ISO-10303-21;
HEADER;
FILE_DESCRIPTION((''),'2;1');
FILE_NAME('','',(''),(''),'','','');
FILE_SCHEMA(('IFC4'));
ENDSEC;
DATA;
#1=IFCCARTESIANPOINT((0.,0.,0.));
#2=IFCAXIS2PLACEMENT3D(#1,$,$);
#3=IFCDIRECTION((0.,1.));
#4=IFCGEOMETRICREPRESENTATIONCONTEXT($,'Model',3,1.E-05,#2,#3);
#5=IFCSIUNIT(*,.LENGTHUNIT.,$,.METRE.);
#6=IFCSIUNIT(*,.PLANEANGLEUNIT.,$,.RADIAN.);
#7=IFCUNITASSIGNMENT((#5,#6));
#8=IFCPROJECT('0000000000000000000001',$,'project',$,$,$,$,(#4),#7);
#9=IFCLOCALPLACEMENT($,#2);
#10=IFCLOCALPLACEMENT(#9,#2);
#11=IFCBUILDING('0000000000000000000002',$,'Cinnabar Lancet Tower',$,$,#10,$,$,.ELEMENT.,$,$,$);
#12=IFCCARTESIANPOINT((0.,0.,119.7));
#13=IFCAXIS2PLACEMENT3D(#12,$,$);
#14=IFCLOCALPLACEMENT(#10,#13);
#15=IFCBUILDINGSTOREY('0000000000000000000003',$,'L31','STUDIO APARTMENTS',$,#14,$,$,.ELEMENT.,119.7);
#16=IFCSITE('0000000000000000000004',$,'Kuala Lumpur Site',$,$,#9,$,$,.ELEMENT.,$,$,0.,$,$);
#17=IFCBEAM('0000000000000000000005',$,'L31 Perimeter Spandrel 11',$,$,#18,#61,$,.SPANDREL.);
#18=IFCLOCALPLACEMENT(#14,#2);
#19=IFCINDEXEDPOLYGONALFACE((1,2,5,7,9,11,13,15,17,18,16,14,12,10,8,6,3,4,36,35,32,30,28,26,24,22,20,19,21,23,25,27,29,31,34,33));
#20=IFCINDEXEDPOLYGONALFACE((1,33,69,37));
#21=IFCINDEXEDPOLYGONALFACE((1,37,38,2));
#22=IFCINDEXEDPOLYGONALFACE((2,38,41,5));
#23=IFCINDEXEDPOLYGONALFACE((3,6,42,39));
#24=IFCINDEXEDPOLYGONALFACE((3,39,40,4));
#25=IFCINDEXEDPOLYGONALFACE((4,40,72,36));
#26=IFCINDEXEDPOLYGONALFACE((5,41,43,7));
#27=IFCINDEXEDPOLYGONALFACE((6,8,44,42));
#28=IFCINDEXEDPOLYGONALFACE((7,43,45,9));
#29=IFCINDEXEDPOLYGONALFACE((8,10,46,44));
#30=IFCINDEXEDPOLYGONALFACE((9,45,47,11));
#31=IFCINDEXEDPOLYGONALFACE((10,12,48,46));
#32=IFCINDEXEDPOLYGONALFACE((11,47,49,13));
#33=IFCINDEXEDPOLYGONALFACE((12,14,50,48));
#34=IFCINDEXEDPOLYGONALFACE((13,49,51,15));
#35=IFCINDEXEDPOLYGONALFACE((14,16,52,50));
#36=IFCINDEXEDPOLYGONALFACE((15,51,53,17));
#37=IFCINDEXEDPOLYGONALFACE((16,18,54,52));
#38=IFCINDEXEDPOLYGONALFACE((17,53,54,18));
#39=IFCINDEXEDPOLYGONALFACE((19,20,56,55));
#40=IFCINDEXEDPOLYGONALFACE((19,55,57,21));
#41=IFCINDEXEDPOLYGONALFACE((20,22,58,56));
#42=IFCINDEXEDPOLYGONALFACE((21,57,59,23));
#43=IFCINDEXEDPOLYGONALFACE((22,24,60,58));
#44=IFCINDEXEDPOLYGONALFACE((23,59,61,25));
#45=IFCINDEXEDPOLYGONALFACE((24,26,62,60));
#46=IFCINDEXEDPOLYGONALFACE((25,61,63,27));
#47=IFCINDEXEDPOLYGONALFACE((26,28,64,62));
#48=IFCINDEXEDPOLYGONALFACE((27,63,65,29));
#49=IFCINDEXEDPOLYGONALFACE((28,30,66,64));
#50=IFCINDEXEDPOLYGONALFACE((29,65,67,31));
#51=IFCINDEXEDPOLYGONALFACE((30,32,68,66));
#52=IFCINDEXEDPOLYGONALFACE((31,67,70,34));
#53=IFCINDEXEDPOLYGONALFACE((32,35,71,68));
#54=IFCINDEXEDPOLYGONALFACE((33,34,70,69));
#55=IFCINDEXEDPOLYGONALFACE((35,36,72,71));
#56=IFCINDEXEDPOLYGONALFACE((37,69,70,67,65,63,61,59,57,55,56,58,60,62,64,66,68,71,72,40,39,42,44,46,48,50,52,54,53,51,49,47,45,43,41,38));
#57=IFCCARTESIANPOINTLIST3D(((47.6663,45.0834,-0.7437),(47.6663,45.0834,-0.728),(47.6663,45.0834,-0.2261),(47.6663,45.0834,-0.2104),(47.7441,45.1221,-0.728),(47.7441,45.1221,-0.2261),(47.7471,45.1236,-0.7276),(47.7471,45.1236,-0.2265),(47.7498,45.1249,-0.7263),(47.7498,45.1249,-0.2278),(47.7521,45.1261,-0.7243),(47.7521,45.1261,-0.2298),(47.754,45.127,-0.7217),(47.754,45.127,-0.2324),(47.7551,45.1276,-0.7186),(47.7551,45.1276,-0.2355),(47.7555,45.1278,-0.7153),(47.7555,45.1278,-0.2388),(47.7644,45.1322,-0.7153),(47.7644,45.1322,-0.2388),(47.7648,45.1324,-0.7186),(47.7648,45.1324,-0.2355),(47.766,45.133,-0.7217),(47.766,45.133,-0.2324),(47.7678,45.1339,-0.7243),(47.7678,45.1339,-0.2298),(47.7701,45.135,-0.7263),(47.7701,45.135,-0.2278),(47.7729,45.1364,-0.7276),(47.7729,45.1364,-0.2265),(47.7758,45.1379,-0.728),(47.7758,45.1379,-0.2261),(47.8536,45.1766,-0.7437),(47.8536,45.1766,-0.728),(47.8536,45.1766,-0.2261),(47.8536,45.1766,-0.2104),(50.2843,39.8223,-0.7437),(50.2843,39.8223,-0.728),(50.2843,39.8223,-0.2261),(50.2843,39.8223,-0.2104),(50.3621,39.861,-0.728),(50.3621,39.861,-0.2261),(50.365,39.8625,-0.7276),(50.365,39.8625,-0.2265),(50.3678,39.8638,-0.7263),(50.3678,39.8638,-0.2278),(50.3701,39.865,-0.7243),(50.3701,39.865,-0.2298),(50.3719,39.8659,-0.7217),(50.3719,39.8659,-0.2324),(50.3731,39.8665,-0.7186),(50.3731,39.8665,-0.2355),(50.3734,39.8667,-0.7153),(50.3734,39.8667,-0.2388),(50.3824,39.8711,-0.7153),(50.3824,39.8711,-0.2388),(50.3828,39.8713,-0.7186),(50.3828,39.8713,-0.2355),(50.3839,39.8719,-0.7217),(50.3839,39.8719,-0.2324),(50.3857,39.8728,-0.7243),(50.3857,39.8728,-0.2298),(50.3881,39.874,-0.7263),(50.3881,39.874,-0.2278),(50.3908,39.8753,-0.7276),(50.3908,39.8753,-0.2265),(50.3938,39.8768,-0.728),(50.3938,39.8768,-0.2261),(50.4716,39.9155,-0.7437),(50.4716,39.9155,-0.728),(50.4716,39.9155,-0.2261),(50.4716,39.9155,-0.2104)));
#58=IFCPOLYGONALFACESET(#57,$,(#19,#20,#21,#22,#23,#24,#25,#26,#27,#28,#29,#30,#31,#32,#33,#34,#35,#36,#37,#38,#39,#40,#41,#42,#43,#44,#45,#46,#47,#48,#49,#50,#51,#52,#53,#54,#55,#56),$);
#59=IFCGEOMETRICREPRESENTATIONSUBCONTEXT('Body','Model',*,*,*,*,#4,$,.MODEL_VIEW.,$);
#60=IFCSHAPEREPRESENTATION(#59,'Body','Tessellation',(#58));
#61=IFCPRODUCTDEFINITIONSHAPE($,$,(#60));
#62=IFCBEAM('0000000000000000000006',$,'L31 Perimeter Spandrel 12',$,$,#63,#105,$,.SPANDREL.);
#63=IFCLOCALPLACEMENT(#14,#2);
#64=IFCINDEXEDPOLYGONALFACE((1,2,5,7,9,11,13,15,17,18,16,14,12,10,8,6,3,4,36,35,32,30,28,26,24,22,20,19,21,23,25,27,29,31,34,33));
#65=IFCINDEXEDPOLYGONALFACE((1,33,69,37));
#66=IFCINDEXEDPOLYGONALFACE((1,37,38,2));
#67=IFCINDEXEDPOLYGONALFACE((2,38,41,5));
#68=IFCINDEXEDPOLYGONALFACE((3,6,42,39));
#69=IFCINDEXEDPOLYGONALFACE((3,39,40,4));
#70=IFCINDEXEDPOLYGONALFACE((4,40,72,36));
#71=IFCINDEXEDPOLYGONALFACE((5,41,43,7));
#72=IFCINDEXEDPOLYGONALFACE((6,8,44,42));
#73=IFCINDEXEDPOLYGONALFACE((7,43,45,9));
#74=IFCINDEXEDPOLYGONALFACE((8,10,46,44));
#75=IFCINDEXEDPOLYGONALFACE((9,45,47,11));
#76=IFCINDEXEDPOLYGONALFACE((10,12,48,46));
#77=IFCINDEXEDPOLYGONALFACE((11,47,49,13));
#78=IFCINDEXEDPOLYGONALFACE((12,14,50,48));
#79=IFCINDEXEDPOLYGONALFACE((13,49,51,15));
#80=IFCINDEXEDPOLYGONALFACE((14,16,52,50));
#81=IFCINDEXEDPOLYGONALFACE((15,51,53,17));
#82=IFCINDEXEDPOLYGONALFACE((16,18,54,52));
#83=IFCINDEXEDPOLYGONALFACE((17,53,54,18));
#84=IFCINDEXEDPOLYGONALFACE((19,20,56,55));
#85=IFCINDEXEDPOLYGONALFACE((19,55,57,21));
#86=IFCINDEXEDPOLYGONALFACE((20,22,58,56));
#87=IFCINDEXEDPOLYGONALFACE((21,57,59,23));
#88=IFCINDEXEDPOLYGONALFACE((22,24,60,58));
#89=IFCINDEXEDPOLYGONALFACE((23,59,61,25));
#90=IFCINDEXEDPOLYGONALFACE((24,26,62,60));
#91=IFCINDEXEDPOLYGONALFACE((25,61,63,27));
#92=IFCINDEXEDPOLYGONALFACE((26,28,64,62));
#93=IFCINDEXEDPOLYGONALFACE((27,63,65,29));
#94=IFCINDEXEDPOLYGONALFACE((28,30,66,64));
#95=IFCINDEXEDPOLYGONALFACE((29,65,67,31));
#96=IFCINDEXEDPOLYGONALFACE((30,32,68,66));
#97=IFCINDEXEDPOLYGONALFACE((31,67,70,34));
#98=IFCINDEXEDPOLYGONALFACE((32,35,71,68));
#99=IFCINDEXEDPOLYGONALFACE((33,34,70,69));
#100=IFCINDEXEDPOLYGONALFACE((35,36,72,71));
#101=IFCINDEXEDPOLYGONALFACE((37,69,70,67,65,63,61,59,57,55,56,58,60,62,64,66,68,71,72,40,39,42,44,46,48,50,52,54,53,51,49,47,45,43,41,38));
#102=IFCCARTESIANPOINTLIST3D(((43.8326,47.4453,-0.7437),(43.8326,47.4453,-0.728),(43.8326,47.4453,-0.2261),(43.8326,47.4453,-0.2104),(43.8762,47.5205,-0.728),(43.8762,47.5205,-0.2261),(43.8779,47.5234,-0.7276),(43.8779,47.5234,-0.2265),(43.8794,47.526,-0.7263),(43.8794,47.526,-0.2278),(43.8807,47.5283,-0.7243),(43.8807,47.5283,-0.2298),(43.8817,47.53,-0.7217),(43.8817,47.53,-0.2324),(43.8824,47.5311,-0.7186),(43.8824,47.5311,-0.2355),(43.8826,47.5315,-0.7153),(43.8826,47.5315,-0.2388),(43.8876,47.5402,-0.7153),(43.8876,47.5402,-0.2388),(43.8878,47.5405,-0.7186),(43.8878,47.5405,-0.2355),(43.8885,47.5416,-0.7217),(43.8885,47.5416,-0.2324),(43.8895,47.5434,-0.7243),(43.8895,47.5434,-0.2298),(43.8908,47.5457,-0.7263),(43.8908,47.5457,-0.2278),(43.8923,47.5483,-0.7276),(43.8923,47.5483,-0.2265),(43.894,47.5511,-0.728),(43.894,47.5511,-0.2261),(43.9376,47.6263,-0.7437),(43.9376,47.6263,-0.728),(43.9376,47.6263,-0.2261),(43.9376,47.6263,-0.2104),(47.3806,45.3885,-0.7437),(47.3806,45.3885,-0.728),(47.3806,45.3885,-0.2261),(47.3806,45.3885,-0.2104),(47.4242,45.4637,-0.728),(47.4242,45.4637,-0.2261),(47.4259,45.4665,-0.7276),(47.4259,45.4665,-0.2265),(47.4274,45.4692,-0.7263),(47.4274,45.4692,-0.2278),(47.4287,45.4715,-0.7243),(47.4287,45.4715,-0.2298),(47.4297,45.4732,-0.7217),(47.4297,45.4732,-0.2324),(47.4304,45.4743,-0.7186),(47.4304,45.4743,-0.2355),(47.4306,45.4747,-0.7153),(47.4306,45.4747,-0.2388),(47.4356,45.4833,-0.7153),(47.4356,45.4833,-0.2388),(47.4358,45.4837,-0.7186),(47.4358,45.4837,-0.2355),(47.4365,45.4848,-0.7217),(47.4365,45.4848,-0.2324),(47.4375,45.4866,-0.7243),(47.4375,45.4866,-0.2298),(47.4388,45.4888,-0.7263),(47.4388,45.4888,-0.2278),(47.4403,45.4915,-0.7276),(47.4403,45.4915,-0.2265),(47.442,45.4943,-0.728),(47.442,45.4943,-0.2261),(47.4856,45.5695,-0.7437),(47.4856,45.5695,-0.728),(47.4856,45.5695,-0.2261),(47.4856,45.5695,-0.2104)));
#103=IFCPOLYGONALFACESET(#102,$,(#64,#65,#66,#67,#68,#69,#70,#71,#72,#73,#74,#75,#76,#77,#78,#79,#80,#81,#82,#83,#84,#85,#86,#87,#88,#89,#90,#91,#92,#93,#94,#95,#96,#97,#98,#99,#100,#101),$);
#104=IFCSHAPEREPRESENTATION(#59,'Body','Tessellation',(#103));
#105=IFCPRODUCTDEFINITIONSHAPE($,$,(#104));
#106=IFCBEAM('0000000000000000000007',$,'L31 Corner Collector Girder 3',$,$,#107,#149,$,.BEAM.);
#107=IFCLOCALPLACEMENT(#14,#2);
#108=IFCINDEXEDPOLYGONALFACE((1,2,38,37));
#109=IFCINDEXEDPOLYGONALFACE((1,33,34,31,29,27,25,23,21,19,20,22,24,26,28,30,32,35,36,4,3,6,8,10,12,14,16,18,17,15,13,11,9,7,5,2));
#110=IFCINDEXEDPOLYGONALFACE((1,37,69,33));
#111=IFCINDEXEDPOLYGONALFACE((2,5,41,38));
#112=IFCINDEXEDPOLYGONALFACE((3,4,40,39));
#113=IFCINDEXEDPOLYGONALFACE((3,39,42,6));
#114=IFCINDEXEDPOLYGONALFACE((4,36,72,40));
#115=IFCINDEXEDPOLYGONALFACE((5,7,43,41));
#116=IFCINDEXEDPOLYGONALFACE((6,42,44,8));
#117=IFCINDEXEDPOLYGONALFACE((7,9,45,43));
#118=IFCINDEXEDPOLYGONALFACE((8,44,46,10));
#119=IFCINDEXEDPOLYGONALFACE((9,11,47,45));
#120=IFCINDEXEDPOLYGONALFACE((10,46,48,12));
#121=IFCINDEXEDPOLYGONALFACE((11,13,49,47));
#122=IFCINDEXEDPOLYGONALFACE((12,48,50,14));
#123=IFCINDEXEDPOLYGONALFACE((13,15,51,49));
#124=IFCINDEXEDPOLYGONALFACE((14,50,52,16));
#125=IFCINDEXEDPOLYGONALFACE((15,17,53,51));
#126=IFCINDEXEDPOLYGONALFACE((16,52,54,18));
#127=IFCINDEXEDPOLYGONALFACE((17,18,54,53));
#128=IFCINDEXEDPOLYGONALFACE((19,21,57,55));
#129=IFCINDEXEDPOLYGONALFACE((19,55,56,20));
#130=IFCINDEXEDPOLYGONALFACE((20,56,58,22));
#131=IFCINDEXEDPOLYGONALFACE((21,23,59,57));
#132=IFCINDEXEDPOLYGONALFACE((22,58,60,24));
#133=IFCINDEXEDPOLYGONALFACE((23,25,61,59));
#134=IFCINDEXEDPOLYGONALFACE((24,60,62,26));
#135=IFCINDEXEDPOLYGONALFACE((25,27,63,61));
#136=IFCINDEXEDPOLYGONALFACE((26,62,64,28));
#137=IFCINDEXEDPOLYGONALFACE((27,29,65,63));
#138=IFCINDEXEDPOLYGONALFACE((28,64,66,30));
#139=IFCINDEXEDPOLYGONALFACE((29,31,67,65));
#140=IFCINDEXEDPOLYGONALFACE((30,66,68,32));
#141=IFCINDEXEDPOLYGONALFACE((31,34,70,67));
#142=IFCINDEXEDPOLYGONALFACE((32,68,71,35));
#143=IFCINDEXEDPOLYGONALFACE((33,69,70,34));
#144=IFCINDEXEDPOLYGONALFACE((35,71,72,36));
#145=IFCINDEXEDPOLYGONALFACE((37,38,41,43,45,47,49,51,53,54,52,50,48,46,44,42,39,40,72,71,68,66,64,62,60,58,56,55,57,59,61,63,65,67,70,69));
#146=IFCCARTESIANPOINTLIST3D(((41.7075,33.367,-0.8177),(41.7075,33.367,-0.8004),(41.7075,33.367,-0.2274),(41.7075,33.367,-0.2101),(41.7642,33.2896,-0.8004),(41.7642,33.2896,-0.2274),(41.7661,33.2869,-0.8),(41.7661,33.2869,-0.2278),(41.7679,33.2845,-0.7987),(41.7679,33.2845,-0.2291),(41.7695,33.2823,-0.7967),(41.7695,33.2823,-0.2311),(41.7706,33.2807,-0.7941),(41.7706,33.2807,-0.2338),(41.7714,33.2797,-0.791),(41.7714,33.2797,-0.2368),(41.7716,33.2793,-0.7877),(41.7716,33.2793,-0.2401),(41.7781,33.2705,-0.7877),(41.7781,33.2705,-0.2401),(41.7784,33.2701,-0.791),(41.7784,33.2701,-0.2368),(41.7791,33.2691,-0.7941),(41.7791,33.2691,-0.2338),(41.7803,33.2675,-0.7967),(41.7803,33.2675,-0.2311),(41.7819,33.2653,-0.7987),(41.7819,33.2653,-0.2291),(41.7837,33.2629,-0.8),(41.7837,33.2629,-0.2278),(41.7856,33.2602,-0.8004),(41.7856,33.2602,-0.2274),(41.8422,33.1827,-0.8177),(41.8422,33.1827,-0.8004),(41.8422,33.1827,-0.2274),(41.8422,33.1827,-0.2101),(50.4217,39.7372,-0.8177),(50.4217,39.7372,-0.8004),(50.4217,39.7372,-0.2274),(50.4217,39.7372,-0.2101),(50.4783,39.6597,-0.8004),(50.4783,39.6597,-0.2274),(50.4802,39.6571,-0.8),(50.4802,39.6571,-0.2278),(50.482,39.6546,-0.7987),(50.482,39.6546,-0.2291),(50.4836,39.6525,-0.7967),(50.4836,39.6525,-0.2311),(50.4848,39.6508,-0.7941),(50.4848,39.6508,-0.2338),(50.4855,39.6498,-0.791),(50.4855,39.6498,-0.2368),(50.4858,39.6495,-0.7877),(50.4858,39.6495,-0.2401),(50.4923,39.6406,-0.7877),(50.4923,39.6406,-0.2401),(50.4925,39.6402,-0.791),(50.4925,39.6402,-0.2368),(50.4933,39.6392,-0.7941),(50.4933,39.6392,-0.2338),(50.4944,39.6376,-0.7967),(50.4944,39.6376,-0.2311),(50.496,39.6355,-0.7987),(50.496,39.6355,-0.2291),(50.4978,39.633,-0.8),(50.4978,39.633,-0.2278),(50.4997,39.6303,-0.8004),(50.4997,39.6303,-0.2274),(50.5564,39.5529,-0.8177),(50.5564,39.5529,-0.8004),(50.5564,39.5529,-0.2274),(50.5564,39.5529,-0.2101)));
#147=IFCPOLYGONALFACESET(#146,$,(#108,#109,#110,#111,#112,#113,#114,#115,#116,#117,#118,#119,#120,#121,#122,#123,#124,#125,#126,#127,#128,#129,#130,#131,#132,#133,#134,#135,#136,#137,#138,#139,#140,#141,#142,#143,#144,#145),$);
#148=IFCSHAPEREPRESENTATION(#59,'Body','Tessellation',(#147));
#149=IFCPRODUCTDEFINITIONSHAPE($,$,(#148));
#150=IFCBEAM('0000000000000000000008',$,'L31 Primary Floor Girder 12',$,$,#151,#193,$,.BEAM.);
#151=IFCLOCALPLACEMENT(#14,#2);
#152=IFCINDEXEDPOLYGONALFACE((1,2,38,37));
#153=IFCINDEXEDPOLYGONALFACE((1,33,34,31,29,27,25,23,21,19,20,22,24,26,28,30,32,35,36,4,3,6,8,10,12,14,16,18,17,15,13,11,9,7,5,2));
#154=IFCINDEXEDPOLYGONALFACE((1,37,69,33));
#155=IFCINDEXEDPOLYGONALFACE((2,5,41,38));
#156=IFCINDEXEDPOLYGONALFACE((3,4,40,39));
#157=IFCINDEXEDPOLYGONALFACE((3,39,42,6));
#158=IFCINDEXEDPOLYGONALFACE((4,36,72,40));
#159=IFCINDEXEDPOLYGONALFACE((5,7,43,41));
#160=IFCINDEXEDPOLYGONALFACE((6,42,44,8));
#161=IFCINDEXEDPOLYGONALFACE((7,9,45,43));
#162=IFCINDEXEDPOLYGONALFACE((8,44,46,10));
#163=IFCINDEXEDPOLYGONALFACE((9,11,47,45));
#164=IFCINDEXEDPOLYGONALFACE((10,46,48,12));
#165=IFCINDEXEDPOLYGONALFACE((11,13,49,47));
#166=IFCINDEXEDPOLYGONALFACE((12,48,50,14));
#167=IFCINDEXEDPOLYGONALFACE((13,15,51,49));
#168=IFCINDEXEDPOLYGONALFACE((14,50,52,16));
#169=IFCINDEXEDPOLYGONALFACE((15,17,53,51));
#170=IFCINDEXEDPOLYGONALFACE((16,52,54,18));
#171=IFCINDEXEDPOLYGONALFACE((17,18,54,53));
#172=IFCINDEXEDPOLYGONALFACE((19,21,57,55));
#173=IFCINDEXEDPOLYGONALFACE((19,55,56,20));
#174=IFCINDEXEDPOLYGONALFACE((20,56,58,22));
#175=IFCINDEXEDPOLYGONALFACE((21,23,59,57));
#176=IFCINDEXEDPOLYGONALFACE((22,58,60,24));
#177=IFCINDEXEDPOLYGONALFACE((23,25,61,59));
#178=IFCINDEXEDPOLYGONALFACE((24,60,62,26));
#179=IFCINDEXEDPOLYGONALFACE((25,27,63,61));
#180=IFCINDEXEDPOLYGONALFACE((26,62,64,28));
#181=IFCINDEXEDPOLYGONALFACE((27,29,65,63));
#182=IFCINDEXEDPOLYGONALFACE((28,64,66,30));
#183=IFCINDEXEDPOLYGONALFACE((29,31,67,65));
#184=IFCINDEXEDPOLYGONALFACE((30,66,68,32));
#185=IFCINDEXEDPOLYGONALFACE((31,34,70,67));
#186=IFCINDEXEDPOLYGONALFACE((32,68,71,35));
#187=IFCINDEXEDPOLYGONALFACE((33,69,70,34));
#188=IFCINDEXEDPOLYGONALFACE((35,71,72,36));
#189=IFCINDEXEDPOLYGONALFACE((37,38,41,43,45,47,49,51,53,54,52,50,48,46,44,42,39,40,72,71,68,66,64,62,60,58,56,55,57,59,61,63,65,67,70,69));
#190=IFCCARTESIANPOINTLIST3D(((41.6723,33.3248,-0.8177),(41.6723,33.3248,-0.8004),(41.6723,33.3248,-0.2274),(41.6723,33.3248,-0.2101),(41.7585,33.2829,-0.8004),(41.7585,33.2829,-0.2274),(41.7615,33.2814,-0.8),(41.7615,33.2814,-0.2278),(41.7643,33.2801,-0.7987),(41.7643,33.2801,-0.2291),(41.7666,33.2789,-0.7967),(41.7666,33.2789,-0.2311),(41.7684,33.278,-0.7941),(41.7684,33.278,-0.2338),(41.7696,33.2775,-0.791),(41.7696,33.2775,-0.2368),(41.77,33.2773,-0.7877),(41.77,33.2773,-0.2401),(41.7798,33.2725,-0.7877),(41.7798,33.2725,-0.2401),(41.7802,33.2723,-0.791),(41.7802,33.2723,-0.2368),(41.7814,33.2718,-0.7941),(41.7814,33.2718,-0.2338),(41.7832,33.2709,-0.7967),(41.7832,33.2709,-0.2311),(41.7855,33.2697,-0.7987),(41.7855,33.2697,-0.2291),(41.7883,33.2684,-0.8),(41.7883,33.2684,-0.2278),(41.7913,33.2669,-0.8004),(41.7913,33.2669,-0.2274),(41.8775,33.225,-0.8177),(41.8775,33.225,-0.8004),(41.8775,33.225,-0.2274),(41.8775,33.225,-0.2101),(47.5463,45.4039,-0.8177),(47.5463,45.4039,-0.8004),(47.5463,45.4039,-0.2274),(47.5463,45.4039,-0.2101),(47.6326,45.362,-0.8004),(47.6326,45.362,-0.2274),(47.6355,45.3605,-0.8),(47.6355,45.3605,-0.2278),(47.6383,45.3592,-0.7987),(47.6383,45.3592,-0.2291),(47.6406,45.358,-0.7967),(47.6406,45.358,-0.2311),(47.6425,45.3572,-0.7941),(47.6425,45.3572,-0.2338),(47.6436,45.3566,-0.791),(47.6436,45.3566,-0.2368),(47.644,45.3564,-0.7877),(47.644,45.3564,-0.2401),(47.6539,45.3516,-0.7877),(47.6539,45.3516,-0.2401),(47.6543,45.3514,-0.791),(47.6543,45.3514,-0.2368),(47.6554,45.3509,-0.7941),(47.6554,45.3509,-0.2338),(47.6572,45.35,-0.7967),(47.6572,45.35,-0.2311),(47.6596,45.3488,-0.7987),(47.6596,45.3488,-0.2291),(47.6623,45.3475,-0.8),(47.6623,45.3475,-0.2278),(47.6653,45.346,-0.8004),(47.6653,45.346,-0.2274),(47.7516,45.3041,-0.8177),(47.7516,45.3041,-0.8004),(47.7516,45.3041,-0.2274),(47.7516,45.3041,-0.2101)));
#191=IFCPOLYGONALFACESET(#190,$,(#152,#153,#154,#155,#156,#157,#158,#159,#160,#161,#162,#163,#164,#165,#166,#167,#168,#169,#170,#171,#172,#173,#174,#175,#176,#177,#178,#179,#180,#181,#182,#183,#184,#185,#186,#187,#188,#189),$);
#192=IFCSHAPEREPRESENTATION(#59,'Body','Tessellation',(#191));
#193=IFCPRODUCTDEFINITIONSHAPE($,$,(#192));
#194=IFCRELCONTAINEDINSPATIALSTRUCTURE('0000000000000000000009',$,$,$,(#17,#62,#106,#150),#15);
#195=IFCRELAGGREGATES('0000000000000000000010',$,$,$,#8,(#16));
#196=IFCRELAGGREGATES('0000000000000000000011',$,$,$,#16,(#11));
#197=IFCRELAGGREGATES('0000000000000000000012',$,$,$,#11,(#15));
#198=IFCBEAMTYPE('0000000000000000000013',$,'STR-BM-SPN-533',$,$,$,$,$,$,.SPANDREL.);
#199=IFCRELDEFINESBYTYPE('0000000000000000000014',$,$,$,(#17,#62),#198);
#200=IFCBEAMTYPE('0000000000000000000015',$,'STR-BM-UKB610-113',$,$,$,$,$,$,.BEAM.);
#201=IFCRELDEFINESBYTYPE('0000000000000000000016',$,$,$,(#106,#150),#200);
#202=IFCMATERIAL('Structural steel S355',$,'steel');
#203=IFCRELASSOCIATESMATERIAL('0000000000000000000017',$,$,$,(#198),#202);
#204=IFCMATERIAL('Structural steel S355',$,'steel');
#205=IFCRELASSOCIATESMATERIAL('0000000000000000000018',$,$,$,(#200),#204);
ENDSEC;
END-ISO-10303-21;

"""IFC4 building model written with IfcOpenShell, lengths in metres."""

from ifc_helpers import new_model, si_unit, direction, frame, origin, origin_2d, place, context, subcontext, project, spatial, i_section, extrude, material, material_profile, profile_set, type_object, element, save


model = new_model("IFC4")

# Units and contexts
model_context = context("Model", 3, precision=1e-05, world=origin(), true_north=direction((0.0, 1.0)))
body_context = subcontext(model_context, "Body", "Model", "MODEL_VIEW")
ifc_project = project(units=[si_unit("LENGTHUNIT", "METRE"), si_unit("PLANEANGLEUNIT", "RADIAN")], contexts=[model_context])

# Site, building, storey
site_placement = place(None, origin())
site = spatial("IfcSite", under=ifc_project, at=site_placement, Name="Kuala Lumpur Site", CompositionType="ELEMENT", RefElevation=0.0)
building_placement = place(site_placement, origin())
building = spatial("IfcBuilding", under=site, at=building_placement, Name="Cinnabar Lancet Tower", CompositionType="ELEMENT")
storey_placement = place(building_placement, frame((0.0, 0.0, 119.7)))
storey = spatial("IfcBuildingStorey", under=building, at=storey_placement, Name="L31", Description="STUDIO APARTMENTS", CompositionType="ELEMENT", Elevation=119.7)

# Beams
ifc_material_1 = material(Name="Structural steel S355", Category="steel")
ifc_material_profile_1 = material_profile(ifc_material_1, i_section(OverallWidth=0.2092, OverallDepth=0.5332, WebThickness=0.01, FlangeThickness=0.0156, FilletRadius=0.0127, at=origin_2d()), Name="UKB 533x210x92")
ifc_profile_set_1 = profile_set([ifc_material_profile_1], Name="Structural steel S355")
beam_type_1 = type_object("IfcBeamType", Name="STR-BM-SPN-533", PredefinedType="SPANDREL", material=ifc_profile_set_1)
beam_1_placement = place(storey_placement, frame((50.3779, 39.8689, -0.4771), z_axis=(-0.445501, 0.895281, 0.0), x_axis=(-0.895281, -0.445501, 0.0)))
element("IfcBeam", 1, at=beam_1_placement, inside=storey, type_object=beam_type_1, Name="L31 Perimeter Spandrel 11", PredefinedType="SPANDREL", context=body_context, shape_type="SweptSolid", body=[
    extrude(i_section(OverallWidth=0.2092, OverallDepth=0.5332, WebThickness=0.01, FlangeThickness=0.0156, FilletRadius=0.0127, at=origin_2d()), origin(), (0.0, 0.0, 1.0), 5.8765),
])
beam_2_placement = place(storey_placement, frame((47.4331, 45.479, -0.4771), z_axis=(-0.865138, 0.501534, 0.0), x_axis=(-0.501534, -0.865138, 0.0)))
element("IfcBeam", 2, at=beam_2_placement, inside=storey, type_object=beam_type_1, Name="L31 Perimeter Spandrel 12", PredefinedType="SPANDREL", context=body_context, shape_type="SweptSolid", body=[
    extrude(i_section(OverallWidth=0.2092, OverallDepth=0.5332, WebThickness=0.01, FlangeThickness=0.0156, FilletRadius=0.0127, at=origin_2d()), origin(), (0.0, 0.0, 1.0), 4.1011),
])
ifc_material_2 = material(Name="Structural steel S355", Category="steel")
ifc_material_profile_2 = material_profile(ifc_material_2, i_section(OverallWidth=0.2283, OverallDepth=0.6077, WebThickness=0.011, FlangeThickness=0.0173, FilletRadius=0.0127, at=origin_2d()), Name="UKB 610x229x113")
ifc_profile_set_2 = profile_set([ifc_material_profile_2], Name="Structural steel S355")
beam_type_2 = type_object("IfcBeamType", Name="STR-BM-UKB610-113", PredefinedType="BEAM", material=ifc_profile_set_2)
beam_3_placement = place(storey_placement, frame((50.489, 39.645, -0.5139), z_axis=(-0.807298, -0.590144, 0.0), x_axis=(0.590144, -0.807298, 0.0)))
element("IfcBeam", 3, at=beam_3_placement, inside=storey, type_object=beam_type_2, Name="L31 Corner Collector Girder 3", PredefinedType="BEAM", context=body_context, shape_type="SweptSolid", body=[
    extrude(i_section(OverallWidth=0.2283, OverallDepth=0.6077, WebThickness=0.011, FlangeThickness=0.0173, FilletRadius=0.0127, at=origin_2d()), origin(), (0.0, 0.0, 1.0), 10.7942),
])
beam_4_placement = place(storey_placement, frame((47.6489, 45.354, -0.5139), z_axis=(-0.437327, -0.899302, 0.0), x_axis=(0.899302, -0.437327, 0.0)))
element("IfcBeam", 4, at=beam_4_placement, inside=storey, type_object=beam_type_2, Name="L31 Primary Floor Girder 12", PredefinedType="BEAM", context=body_context, shape_type="SweptSolid", body=[
    extrude(i_section(OverallWidth=0.2283, OverallDepth=0.6077, WebThickness=0.011, FlangeThickness=0.0173, FilletRadius=0.0127, at=origin_2d()), origin(), (0.0, 0.0, 1.0), 13.4316),
])

save(model, "model.ifc")
